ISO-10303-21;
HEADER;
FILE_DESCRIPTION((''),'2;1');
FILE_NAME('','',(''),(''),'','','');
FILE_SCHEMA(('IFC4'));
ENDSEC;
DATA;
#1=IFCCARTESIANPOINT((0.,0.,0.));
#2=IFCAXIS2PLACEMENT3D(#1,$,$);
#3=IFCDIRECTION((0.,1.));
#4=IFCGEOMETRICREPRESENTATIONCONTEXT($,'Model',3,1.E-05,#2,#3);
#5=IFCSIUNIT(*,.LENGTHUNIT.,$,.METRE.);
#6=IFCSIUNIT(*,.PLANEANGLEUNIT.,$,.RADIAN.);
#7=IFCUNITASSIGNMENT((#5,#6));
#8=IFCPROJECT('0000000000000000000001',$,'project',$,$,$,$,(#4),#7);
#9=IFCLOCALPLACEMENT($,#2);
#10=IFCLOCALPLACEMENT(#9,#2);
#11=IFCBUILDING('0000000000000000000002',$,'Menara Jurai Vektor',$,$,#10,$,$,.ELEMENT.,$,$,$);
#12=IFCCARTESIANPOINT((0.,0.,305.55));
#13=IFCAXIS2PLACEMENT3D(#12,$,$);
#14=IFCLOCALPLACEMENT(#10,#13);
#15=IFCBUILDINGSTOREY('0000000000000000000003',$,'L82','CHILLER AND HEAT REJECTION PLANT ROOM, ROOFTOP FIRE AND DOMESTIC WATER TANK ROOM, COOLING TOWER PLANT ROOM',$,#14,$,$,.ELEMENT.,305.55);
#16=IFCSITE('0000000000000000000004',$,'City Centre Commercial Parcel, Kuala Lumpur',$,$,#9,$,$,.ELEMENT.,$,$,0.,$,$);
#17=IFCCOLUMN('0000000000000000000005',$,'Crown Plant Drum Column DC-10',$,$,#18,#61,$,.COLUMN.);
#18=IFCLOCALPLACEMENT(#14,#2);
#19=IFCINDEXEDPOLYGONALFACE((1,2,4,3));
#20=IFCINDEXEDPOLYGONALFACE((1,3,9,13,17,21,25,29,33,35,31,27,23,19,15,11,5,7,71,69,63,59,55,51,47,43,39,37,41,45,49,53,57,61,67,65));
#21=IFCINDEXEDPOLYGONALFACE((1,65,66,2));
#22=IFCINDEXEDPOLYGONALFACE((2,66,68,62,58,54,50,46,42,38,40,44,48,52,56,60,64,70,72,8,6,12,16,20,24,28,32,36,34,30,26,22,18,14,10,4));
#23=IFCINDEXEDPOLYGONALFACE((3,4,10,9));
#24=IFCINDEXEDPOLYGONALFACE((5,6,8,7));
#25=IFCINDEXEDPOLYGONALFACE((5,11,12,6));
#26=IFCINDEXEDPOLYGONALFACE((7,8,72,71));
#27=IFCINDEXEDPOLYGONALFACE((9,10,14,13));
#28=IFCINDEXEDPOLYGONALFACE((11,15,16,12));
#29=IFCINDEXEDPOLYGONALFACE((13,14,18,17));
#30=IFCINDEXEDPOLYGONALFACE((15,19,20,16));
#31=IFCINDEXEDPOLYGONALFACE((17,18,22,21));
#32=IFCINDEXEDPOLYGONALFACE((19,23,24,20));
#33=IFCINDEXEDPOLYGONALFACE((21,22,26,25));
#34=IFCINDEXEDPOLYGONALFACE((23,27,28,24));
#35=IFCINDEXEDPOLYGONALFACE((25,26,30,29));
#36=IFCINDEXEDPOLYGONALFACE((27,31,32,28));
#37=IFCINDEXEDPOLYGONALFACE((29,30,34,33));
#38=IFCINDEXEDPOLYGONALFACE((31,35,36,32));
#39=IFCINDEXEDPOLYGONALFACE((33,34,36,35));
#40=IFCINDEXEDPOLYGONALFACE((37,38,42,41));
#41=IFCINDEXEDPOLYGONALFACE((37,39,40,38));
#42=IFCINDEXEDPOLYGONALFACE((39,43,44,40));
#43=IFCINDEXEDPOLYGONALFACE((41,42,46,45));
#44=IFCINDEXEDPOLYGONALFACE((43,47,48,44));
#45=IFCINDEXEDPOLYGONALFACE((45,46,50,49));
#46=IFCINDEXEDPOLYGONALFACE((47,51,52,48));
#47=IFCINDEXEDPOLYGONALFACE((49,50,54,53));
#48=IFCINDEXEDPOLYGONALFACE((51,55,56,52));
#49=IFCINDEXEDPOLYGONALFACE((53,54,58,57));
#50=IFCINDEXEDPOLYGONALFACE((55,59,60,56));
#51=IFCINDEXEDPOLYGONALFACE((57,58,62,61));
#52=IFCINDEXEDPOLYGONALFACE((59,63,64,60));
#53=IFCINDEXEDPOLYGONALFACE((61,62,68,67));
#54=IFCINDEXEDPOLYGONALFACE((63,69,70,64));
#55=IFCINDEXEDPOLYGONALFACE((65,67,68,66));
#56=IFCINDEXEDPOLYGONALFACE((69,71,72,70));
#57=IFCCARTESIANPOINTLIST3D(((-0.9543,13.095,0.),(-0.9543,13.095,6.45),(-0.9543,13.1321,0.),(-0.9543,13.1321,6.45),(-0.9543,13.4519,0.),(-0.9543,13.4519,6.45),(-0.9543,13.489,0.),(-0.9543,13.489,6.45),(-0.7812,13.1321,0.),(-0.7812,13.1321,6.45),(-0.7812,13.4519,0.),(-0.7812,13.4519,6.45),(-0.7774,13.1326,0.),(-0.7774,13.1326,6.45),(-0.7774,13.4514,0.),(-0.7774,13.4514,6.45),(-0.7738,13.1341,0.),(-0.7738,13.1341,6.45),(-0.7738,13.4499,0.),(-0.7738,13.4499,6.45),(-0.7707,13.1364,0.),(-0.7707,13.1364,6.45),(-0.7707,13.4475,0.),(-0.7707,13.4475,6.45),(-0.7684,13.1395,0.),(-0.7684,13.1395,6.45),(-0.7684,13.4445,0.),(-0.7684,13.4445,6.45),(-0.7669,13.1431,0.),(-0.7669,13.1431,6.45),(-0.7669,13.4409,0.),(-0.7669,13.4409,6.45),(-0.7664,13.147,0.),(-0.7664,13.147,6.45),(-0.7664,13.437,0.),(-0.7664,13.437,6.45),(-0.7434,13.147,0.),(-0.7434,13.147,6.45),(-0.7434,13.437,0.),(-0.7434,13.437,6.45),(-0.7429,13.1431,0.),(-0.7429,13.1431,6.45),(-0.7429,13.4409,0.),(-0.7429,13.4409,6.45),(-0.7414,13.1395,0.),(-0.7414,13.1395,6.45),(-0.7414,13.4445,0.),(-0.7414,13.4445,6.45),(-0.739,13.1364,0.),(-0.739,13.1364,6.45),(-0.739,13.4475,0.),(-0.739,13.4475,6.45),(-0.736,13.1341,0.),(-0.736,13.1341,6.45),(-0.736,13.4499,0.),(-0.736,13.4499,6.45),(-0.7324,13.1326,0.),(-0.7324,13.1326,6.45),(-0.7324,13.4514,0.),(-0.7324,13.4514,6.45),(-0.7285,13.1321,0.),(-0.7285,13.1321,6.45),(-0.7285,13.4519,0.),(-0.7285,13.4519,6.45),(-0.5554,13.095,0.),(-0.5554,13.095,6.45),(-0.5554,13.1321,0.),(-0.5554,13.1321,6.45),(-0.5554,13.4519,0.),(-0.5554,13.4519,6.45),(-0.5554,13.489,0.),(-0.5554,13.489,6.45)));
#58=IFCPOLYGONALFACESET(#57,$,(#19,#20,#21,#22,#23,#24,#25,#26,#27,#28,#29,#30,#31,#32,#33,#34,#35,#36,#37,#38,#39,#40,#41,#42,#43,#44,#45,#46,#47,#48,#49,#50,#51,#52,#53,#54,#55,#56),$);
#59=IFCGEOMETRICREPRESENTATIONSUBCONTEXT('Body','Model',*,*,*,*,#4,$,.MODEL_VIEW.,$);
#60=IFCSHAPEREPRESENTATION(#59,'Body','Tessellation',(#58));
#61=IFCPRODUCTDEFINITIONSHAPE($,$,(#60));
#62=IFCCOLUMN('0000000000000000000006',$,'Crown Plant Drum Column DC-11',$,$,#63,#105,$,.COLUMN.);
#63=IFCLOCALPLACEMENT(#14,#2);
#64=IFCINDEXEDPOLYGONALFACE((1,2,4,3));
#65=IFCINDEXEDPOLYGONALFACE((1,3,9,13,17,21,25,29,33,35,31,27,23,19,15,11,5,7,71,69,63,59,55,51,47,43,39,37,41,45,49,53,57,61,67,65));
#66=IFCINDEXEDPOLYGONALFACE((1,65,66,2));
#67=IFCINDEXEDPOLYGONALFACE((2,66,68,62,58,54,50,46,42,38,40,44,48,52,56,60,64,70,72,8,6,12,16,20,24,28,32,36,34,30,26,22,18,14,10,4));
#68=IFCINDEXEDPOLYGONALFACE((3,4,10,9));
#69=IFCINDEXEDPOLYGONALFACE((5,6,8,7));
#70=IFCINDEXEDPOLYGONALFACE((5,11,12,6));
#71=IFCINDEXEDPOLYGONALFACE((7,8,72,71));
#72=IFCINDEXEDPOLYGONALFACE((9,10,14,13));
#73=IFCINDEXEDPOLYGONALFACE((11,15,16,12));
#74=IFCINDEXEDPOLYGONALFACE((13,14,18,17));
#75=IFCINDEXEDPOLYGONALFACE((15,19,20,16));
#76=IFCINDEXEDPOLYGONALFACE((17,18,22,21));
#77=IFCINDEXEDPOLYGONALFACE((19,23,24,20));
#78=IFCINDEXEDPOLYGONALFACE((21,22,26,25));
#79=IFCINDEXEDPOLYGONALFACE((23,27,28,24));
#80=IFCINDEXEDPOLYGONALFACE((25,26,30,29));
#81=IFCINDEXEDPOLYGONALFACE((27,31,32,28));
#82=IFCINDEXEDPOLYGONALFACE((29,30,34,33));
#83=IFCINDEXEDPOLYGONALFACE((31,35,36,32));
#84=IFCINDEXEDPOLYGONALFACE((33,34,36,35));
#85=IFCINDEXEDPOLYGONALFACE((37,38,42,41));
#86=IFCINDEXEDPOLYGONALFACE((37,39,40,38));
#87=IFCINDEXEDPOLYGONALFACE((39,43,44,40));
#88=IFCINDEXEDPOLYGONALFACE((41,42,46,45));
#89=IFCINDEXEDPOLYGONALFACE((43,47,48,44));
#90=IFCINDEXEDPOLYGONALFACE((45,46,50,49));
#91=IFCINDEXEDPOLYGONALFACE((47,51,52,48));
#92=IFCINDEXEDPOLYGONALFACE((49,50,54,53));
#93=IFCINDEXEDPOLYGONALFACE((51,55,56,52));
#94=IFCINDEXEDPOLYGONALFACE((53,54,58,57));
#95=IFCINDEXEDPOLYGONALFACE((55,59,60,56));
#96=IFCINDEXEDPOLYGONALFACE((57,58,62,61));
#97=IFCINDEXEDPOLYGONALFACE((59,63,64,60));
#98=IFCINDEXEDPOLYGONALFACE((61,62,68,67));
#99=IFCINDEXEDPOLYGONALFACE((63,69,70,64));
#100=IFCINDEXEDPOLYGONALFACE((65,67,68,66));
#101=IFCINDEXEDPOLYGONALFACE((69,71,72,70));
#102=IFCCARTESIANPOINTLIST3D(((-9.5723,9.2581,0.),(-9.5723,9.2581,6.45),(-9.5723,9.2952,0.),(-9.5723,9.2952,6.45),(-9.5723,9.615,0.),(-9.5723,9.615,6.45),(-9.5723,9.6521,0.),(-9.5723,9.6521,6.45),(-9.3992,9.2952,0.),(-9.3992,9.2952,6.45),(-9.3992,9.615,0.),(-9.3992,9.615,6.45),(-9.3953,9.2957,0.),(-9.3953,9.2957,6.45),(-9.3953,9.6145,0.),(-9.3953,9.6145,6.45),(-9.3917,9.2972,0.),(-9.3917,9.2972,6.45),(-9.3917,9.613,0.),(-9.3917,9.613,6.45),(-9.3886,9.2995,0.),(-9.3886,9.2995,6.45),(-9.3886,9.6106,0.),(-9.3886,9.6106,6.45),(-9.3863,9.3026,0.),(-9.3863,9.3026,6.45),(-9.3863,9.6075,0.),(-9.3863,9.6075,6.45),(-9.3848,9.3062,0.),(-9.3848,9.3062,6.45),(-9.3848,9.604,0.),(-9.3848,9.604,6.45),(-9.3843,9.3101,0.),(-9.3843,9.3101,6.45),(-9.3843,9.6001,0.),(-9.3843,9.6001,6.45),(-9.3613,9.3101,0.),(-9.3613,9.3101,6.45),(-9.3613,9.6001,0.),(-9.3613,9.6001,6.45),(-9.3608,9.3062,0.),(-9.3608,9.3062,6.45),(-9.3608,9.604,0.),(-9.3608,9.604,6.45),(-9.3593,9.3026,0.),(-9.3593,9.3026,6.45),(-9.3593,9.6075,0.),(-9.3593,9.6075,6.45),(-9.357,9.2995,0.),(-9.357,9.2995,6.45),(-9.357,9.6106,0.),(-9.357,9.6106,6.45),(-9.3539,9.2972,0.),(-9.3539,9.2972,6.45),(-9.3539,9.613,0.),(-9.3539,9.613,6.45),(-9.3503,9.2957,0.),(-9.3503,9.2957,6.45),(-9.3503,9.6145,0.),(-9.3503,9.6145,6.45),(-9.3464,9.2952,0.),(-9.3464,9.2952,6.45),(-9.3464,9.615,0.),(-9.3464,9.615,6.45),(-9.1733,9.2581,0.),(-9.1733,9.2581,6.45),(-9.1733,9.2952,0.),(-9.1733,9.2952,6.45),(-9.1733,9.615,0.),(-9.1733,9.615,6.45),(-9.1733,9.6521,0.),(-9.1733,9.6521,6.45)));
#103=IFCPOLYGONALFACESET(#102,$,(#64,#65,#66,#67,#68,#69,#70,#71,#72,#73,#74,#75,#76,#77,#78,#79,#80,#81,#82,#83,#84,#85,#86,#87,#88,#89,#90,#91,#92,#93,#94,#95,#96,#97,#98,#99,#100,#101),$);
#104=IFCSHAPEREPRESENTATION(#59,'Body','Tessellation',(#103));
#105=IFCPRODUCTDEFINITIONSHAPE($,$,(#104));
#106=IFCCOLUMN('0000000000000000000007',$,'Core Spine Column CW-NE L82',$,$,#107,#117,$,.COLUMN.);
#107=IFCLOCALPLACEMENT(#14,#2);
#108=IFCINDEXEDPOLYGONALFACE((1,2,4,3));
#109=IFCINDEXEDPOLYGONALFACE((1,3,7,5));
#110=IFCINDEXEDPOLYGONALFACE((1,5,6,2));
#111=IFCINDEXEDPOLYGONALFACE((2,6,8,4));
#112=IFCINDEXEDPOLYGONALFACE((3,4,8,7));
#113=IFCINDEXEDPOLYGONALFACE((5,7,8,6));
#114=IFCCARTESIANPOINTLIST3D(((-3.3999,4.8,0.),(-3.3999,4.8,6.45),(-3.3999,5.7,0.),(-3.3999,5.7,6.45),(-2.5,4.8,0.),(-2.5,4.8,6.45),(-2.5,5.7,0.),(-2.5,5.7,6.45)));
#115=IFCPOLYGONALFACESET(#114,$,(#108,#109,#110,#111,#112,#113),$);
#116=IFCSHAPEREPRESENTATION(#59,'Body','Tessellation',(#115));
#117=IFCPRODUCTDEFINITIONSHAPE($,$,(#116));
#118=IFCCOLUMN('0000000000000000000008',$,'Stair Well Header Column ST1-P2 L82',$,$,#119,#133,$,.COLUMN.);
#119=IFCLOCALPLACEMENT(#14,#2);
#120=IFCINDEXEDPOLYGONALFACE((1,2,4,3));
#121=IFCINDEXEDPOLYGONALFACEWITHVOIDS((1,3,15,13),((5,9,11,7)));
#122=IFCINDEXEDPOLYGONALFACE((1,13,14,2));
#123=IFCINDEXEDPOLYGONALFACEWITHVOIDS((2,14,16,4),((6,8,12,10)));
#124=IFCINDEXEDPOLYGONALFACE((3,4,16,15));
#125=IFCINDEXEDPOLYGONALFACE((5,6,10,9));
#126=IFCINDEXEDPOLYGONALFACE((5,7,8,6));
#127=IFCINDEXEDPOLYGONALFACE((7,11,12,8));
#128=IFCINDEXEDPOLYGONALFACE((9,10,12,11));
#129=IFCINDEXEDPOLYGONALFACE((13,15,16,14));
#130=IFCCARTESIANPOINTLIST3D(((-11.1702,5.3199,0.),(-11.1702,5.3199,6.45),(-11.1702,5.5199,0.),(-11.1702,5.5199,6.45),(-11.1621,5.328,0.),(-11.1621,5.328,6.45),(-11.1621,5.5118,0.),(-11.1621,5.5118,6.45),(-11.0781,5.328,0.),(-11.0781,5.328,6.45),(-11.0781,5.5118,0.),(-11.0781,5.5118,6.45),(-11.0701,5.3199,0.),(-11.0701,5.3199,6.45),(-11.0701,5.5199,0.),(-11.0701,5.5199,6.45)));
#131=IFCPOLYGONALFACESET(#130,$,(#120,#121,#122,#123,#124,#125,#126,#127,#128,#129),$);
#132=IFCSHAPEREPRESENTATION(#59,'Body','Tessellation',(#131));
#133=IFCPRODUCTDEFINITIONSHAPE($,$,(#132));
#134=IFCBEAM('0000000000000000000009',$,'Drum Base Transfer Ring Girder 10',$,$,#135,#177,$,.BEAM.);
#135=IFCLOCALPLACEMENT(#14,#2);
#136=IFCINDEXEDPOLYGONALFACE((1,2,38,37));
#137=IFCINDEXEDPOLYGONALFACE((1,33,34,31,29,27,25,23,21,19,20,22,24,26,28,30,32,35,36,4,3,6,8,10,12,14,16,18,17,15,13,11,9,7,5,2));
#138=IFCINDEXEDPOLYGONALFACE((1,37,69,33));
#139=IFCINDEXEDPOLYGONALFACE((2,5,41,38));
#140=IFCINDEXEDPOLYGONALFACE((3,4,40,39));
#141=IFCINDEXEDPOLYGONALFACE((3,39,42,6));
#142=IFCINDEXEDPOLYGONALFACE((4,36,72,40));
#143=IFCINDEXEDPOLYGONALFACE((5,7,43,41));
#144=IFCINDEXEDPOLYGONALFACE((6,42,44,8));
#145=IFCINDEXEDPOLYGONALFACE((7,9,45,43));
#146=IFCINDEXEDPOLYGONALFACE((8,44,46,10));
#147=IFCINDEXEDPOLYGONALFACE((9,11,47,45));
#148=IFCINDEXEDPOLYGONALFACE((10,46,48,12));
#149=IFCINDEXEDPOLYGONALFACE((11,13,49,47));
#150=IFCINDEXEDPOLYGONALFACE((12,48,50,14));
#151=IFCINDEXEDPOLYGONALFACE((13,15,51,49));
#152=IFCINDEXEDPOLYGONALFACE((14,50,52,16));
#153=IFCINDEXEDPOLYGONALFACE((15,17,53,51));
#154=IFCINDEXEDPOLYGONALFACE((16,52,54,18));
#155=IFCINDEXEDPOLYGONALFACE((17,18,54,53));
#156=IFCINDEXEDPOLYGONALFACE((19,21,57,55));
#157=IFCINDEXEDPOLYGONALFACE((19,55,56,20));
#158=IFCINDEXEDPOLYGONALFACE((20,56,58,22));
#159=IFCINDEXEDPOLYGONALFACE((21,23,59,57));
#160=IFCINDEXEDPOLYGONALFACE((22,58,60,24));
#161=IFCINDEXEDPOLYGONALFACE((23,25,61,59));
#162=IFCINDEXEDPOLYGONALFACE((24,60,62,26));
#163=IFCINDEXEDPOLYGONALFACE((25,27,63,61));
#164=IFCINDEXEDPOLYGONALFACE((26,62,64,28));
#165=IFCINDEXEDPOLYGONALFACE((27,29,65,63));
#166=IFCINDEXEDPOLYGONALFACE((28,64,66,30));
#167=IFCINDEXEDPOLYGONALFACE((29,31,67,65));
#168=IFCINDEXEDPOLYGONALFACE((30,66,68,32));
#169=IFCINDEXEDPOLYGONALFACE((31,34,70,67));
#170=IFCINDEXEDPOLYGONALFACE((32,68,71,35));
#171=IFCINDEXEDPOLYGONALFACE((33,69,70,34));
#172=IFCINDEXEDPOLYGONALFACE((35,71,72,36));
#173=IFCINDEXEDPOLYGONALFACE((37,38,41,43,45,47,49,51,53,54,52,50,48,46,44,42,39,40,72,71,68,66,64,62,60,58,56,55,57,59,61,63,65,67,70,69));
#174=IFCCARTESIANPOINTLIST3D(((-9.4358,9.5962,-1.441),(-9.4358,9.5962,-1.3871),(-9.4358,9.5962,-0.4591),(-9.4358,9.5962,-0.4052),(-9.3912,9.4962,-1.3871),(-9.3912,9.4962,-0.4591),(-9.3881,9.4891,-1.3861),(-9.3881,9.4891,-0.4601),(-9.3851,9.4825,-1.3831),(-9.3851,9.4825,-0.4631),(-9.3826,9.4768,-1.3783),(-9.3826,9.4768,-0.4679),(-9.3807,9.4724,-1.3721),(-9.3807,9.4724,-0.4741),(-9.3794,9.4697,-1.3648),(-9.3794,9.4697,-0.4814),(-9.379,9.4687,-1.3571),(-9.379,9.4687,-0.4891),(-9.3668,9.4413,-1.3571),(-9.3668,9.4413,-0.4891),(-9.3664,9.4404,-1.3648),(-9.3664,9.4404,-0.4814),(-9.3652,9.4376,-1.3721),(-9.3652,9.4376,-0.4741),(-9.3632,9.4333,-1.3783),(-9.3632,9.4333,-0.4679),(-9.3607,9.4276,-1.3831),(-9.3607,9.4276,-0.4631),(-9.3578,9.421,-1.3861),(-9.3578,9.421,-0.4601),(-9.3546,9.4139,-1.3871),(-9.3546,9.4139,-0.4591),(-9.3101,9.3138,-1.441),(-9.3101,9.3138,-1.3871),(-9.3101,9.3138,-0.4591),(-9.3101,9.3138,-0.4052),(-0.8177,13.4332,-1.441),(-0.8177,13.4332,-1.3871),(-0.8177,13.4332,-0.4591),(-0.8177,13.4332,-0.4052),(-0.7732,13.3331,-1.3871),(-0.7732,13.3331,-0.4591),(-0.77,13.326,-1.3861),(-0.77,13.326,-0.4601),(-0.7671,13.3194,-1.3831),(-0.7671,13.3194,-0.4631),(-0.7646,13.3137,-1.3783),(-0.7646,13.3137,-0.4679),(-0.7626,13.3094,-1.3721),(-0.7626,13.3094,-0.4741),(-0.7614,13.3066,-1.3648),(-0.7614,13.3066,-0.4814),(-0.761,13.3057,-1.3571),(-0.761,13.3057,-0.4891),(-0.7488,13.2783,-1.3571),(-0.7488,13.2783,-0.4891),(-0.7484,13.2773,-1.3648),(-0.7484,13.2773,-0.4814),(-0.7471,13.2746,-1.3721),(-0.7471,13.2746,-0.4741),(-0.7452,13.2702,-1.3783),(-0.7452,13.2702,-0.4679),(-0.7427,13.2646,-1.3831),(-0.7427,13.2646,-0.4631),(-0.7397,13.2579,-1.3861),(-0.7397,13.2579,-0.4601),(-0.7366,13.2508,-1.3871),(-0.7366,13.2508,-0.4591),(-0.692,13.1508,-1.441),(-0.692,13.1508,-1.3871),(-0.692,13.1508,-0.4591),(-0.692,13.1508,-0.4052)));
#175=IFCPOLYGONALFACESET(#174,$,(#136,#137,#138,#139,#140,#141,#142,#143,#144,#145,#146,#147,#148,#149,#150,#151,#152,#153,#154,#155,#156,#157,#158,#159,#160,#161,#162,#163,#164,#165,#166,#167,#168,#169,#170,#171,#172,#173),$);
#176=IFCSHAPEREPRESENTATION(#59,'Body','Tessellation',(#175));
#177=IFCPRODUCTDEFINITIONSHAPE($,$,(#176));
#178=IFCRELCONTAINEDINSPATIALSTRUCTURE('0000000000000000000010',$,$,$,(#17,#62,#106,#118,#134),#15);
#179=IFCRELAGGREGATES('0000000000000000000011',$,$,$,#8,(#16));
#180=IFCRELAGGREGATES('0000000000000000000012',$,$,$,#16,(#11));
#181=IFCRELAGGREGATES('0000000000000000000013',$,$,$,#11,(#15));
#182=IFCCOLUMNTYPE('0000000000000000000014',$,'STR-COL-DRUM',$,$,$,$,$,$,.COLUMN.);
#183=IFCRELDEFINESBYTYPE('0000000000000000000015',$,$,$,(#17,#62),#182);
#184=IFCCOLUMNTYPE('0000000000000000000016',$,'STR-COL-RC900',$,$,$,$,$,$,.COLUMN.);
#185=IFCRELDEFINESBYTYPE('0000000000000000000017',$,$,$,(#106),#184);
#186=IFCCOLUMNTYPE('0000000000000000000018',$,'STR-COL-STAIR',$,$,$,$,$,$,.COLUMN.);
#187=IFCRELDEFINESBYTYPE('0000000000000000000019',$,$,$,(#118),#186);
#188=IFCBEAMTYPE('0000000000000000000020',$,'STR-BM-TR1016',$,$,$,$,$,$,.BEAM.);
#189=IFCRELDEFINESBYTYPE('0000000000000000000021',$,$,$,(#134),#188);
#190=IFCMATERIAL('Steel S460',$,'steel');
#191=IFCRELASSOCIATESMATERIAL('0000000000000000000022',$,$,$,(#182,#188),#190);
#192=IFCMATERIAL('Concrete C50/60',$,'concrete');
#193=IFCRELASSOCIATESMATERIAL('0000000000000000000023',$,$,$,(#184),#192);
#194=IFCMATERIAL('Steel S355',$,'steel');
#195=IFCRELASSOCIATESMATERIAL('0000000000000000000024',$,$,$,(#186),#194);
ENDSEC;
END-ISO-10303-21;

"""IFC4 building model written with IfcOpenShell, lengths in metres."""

from ifc_helpers import new_model, si_unit, direction, frame, origin, origin_2d, place, context, subcontext, project, spatial, rectangle, hollow_rectangle, i_section, extrude, material, material_profile, profile_set, type_object, element, save


model = new_model("IFC4")

# Units and contexts
model_context = context("Model", 3, precision=1e-05, world=origin(), true_north=direction((0.0, 1.0)))
body_context = subcontext(model_context, "Body", "Model", "MODEL_VIEW")
ifc_project = project(units=[si_unit("LENGTHUNIT", "METRE"), si_unit("PLANEANGLEUNIT", "RADIAN")], contexts=[model_context])

# Site, building, storey
site_placement = place(None, origin())
site = spatial("IfcSite", under=ifc_project, at=site_placement, Name="City Centre Commercial Parcel, Kuala Lumpur", CompositionType="ELEMENT", RefElevation=0.0)
building_placement = place(site_placement, origin())
building = spatial("IfcBuilding", under=site, at=building_placement, Name="Menara Jurai Vektor", CompositionType="ELEMENT")
storey_placement = place(building_placement, frame((0.0, 0.0, 305.55)))
storey = spatial("IfcBuildingStorey", under=building, at=storey_placement, Name="L82", Description="CHILLER AND HEAT REJECTION PLANT ROOM, ROOFTOP FIRE AND DOMESTIC WATER TANK ROOM, COOLING TOWER PLANT ROOM", CompositionType="ELEMENT", Elevation=305.55)

# Columns
ifc_material_1 = material(Name="Steel S460", Category="steel")
ifc_material_profile_1 = material_profile(ifc_material_1, i_section(OverallWidth=0.3989, OverallDepth=0.394, WebThickness=0.0229, FlangeThickness=0.0371, FilletRadius=0.0149, at=origin_2d()), Name="UKC 356x406x287")
ifc_profile_set_1 = profile_set([ifc_material_profile_1], Name="Steel S460")
column_type_1 = type_object("IfcColumnType", Name="STR-COL-DRUM", PredefinedType="COLUMN", material=ifc_profile_set_1)
for number, where, z_axis, x_axis, name in (
    (1, (-0.7549, 13.292, 0.0), (0.0, 0.0, 1.0), (1.0, 0.0, 0.0), "Crown Plant Drum Column DC-10"),
    (2, (-9.3728, 9.4551, 0.0), (0.0, 0.0, 1.0), (1.0, 0.0, 0.0), "Crown Plant Drum Column DC-11"),
):
    element("IfcColumn", number, at=place(storey_placement, frame(where, z_axis=z_axis, x_axis=x_axis)), inside=storey, type_object=column_type_1, Name=name, PredefinedType="COLUMN", context=body_context, shape_type="SweptSolid", body=[
        extrude(i_section(OverallWidth=0.3989, OverallDepth=0.394, WebThickness=0.0229, FlangeThickness=0.0371, FilletRadius=0.0149, at=origin_2d()), origin(), (0.0, 0.0, 1.0), 6.45),
    ])
ifc_material_2 = material(Name="Concrete C50/60", Category="concrete")
ifc_material_profile_2 = material_profile(ifc_material_2, rectangle(XDim=0.8999, YDim=0.8999, at=origin_2d()), Name="RC 900x900")
ifc_profile_set_2 = profile_set([ifc_material_profile_2], Name="Concrete C50/60")
column_type_2 = type_object("IfcColumnType", Name="STR-COL-RC900", PredefinedType="COLUMN", material=ifc_profile_set_2)
column_1_placement = place(storey_placement, frame((-2.95, 5.25, 0.0), z_axis=(0.0, 0.0, 1.0), x_axis=(1.0, 0.0, 0.0)))
element("IfcColumn", 3, at=column_1_placement, inside=storey, type_object=column_type_2, Name="Core Spine Column CW-NE L82", PredefinedType="COLUMN", context=body_context, shape_type="SweptSolid", body=[
    extrude(rectangle(XDim=0.8999, YDim=0.8999, at=origin_2d()), origin(), (0.0, 0.0, 1.0), 6.45),
])
ifc_material_3 = material(Name="Steel S355", Category="steel")
ifc_material_profile_3 = material_profile(ifc_material_3, hollow_rectangle(XDim=0.1001, YDim=0.2, WallThickness=0.0081, at=origin_2d()), Name="RHS 200x100x8")
ifc_profile_set_3 = profile_set([ifc_material_profile_3], Name="Steel S355")
column_type_3 = type_object("IfcColumnType", Name="STR-COL-STAIR", PredefinedType="COLUMN", material=ifc_profile_set_3)
column_2_placement = place(storey_placement, frame((-11.1201, 5.4199, 0.0), z_axis=(0.0, 0.0, 1.0), x_axis=(1.0, 0.0, 0.0)))
element("IfcColumn", 4, at=column_2_placement, inside=storey, type_object=column_type_3, Name="Stair Well Header Column ST1-P2 L82", PredefinedType="COLUMN", context=body_context, shape_type="SweptSolid", body=[
    extrude(hollow_rectangle(XDim=0.1001, YDim=0.2, WallThickness=0.0081, at=origin_2d()), origin(), (0.0, 0.0, 1.0), 6.45),
])

# Beam
ifc_material_profile_4 = material_profile(ifc_material_1, i_section(OverallWidth=0.3091, OverallDepth=1.0359, WebThickness=0.03, FlangeThickness=0.054, FilletRadius=0.03, at=origin_2d()), Name="UKB 1016x305x487")
ifc_profile_set_4 = profile_set([ifc_material_profile_4], Name="Steel S460")
beam_type_1 = type_object("IfcBeamType", Name="STR-BM-TR1016", PredefinedType="BEAM", material=ifc_profile_set_4)
beam_1_placement = place(storey_placement, frame((-0.7549, 13.292, -0.9231), z_axis=(-0.913547, -0.406734, 0.0), x_axis=(0.406734, -0.913547, 0.0)))
element("IfcBeam", 5, at=beam_1_placement, inside=storey, type_object=beam_type_1, Name="Drum Base Transfer Ring Girder 10", PredefinedType="BEAM", context=body_context, shape_type="SweptSolid", body=[
    extrude(i_section(OverallWidth=0.3091, OverallDepth=1.0359, WebThickness=0.03, FlangeThickness=0.054, FilletRadius=0.03, at=origin_2d()), origin(), (0.0, 0.0, 1.0), 9.4336),
])

save(model, "model.ifc")
